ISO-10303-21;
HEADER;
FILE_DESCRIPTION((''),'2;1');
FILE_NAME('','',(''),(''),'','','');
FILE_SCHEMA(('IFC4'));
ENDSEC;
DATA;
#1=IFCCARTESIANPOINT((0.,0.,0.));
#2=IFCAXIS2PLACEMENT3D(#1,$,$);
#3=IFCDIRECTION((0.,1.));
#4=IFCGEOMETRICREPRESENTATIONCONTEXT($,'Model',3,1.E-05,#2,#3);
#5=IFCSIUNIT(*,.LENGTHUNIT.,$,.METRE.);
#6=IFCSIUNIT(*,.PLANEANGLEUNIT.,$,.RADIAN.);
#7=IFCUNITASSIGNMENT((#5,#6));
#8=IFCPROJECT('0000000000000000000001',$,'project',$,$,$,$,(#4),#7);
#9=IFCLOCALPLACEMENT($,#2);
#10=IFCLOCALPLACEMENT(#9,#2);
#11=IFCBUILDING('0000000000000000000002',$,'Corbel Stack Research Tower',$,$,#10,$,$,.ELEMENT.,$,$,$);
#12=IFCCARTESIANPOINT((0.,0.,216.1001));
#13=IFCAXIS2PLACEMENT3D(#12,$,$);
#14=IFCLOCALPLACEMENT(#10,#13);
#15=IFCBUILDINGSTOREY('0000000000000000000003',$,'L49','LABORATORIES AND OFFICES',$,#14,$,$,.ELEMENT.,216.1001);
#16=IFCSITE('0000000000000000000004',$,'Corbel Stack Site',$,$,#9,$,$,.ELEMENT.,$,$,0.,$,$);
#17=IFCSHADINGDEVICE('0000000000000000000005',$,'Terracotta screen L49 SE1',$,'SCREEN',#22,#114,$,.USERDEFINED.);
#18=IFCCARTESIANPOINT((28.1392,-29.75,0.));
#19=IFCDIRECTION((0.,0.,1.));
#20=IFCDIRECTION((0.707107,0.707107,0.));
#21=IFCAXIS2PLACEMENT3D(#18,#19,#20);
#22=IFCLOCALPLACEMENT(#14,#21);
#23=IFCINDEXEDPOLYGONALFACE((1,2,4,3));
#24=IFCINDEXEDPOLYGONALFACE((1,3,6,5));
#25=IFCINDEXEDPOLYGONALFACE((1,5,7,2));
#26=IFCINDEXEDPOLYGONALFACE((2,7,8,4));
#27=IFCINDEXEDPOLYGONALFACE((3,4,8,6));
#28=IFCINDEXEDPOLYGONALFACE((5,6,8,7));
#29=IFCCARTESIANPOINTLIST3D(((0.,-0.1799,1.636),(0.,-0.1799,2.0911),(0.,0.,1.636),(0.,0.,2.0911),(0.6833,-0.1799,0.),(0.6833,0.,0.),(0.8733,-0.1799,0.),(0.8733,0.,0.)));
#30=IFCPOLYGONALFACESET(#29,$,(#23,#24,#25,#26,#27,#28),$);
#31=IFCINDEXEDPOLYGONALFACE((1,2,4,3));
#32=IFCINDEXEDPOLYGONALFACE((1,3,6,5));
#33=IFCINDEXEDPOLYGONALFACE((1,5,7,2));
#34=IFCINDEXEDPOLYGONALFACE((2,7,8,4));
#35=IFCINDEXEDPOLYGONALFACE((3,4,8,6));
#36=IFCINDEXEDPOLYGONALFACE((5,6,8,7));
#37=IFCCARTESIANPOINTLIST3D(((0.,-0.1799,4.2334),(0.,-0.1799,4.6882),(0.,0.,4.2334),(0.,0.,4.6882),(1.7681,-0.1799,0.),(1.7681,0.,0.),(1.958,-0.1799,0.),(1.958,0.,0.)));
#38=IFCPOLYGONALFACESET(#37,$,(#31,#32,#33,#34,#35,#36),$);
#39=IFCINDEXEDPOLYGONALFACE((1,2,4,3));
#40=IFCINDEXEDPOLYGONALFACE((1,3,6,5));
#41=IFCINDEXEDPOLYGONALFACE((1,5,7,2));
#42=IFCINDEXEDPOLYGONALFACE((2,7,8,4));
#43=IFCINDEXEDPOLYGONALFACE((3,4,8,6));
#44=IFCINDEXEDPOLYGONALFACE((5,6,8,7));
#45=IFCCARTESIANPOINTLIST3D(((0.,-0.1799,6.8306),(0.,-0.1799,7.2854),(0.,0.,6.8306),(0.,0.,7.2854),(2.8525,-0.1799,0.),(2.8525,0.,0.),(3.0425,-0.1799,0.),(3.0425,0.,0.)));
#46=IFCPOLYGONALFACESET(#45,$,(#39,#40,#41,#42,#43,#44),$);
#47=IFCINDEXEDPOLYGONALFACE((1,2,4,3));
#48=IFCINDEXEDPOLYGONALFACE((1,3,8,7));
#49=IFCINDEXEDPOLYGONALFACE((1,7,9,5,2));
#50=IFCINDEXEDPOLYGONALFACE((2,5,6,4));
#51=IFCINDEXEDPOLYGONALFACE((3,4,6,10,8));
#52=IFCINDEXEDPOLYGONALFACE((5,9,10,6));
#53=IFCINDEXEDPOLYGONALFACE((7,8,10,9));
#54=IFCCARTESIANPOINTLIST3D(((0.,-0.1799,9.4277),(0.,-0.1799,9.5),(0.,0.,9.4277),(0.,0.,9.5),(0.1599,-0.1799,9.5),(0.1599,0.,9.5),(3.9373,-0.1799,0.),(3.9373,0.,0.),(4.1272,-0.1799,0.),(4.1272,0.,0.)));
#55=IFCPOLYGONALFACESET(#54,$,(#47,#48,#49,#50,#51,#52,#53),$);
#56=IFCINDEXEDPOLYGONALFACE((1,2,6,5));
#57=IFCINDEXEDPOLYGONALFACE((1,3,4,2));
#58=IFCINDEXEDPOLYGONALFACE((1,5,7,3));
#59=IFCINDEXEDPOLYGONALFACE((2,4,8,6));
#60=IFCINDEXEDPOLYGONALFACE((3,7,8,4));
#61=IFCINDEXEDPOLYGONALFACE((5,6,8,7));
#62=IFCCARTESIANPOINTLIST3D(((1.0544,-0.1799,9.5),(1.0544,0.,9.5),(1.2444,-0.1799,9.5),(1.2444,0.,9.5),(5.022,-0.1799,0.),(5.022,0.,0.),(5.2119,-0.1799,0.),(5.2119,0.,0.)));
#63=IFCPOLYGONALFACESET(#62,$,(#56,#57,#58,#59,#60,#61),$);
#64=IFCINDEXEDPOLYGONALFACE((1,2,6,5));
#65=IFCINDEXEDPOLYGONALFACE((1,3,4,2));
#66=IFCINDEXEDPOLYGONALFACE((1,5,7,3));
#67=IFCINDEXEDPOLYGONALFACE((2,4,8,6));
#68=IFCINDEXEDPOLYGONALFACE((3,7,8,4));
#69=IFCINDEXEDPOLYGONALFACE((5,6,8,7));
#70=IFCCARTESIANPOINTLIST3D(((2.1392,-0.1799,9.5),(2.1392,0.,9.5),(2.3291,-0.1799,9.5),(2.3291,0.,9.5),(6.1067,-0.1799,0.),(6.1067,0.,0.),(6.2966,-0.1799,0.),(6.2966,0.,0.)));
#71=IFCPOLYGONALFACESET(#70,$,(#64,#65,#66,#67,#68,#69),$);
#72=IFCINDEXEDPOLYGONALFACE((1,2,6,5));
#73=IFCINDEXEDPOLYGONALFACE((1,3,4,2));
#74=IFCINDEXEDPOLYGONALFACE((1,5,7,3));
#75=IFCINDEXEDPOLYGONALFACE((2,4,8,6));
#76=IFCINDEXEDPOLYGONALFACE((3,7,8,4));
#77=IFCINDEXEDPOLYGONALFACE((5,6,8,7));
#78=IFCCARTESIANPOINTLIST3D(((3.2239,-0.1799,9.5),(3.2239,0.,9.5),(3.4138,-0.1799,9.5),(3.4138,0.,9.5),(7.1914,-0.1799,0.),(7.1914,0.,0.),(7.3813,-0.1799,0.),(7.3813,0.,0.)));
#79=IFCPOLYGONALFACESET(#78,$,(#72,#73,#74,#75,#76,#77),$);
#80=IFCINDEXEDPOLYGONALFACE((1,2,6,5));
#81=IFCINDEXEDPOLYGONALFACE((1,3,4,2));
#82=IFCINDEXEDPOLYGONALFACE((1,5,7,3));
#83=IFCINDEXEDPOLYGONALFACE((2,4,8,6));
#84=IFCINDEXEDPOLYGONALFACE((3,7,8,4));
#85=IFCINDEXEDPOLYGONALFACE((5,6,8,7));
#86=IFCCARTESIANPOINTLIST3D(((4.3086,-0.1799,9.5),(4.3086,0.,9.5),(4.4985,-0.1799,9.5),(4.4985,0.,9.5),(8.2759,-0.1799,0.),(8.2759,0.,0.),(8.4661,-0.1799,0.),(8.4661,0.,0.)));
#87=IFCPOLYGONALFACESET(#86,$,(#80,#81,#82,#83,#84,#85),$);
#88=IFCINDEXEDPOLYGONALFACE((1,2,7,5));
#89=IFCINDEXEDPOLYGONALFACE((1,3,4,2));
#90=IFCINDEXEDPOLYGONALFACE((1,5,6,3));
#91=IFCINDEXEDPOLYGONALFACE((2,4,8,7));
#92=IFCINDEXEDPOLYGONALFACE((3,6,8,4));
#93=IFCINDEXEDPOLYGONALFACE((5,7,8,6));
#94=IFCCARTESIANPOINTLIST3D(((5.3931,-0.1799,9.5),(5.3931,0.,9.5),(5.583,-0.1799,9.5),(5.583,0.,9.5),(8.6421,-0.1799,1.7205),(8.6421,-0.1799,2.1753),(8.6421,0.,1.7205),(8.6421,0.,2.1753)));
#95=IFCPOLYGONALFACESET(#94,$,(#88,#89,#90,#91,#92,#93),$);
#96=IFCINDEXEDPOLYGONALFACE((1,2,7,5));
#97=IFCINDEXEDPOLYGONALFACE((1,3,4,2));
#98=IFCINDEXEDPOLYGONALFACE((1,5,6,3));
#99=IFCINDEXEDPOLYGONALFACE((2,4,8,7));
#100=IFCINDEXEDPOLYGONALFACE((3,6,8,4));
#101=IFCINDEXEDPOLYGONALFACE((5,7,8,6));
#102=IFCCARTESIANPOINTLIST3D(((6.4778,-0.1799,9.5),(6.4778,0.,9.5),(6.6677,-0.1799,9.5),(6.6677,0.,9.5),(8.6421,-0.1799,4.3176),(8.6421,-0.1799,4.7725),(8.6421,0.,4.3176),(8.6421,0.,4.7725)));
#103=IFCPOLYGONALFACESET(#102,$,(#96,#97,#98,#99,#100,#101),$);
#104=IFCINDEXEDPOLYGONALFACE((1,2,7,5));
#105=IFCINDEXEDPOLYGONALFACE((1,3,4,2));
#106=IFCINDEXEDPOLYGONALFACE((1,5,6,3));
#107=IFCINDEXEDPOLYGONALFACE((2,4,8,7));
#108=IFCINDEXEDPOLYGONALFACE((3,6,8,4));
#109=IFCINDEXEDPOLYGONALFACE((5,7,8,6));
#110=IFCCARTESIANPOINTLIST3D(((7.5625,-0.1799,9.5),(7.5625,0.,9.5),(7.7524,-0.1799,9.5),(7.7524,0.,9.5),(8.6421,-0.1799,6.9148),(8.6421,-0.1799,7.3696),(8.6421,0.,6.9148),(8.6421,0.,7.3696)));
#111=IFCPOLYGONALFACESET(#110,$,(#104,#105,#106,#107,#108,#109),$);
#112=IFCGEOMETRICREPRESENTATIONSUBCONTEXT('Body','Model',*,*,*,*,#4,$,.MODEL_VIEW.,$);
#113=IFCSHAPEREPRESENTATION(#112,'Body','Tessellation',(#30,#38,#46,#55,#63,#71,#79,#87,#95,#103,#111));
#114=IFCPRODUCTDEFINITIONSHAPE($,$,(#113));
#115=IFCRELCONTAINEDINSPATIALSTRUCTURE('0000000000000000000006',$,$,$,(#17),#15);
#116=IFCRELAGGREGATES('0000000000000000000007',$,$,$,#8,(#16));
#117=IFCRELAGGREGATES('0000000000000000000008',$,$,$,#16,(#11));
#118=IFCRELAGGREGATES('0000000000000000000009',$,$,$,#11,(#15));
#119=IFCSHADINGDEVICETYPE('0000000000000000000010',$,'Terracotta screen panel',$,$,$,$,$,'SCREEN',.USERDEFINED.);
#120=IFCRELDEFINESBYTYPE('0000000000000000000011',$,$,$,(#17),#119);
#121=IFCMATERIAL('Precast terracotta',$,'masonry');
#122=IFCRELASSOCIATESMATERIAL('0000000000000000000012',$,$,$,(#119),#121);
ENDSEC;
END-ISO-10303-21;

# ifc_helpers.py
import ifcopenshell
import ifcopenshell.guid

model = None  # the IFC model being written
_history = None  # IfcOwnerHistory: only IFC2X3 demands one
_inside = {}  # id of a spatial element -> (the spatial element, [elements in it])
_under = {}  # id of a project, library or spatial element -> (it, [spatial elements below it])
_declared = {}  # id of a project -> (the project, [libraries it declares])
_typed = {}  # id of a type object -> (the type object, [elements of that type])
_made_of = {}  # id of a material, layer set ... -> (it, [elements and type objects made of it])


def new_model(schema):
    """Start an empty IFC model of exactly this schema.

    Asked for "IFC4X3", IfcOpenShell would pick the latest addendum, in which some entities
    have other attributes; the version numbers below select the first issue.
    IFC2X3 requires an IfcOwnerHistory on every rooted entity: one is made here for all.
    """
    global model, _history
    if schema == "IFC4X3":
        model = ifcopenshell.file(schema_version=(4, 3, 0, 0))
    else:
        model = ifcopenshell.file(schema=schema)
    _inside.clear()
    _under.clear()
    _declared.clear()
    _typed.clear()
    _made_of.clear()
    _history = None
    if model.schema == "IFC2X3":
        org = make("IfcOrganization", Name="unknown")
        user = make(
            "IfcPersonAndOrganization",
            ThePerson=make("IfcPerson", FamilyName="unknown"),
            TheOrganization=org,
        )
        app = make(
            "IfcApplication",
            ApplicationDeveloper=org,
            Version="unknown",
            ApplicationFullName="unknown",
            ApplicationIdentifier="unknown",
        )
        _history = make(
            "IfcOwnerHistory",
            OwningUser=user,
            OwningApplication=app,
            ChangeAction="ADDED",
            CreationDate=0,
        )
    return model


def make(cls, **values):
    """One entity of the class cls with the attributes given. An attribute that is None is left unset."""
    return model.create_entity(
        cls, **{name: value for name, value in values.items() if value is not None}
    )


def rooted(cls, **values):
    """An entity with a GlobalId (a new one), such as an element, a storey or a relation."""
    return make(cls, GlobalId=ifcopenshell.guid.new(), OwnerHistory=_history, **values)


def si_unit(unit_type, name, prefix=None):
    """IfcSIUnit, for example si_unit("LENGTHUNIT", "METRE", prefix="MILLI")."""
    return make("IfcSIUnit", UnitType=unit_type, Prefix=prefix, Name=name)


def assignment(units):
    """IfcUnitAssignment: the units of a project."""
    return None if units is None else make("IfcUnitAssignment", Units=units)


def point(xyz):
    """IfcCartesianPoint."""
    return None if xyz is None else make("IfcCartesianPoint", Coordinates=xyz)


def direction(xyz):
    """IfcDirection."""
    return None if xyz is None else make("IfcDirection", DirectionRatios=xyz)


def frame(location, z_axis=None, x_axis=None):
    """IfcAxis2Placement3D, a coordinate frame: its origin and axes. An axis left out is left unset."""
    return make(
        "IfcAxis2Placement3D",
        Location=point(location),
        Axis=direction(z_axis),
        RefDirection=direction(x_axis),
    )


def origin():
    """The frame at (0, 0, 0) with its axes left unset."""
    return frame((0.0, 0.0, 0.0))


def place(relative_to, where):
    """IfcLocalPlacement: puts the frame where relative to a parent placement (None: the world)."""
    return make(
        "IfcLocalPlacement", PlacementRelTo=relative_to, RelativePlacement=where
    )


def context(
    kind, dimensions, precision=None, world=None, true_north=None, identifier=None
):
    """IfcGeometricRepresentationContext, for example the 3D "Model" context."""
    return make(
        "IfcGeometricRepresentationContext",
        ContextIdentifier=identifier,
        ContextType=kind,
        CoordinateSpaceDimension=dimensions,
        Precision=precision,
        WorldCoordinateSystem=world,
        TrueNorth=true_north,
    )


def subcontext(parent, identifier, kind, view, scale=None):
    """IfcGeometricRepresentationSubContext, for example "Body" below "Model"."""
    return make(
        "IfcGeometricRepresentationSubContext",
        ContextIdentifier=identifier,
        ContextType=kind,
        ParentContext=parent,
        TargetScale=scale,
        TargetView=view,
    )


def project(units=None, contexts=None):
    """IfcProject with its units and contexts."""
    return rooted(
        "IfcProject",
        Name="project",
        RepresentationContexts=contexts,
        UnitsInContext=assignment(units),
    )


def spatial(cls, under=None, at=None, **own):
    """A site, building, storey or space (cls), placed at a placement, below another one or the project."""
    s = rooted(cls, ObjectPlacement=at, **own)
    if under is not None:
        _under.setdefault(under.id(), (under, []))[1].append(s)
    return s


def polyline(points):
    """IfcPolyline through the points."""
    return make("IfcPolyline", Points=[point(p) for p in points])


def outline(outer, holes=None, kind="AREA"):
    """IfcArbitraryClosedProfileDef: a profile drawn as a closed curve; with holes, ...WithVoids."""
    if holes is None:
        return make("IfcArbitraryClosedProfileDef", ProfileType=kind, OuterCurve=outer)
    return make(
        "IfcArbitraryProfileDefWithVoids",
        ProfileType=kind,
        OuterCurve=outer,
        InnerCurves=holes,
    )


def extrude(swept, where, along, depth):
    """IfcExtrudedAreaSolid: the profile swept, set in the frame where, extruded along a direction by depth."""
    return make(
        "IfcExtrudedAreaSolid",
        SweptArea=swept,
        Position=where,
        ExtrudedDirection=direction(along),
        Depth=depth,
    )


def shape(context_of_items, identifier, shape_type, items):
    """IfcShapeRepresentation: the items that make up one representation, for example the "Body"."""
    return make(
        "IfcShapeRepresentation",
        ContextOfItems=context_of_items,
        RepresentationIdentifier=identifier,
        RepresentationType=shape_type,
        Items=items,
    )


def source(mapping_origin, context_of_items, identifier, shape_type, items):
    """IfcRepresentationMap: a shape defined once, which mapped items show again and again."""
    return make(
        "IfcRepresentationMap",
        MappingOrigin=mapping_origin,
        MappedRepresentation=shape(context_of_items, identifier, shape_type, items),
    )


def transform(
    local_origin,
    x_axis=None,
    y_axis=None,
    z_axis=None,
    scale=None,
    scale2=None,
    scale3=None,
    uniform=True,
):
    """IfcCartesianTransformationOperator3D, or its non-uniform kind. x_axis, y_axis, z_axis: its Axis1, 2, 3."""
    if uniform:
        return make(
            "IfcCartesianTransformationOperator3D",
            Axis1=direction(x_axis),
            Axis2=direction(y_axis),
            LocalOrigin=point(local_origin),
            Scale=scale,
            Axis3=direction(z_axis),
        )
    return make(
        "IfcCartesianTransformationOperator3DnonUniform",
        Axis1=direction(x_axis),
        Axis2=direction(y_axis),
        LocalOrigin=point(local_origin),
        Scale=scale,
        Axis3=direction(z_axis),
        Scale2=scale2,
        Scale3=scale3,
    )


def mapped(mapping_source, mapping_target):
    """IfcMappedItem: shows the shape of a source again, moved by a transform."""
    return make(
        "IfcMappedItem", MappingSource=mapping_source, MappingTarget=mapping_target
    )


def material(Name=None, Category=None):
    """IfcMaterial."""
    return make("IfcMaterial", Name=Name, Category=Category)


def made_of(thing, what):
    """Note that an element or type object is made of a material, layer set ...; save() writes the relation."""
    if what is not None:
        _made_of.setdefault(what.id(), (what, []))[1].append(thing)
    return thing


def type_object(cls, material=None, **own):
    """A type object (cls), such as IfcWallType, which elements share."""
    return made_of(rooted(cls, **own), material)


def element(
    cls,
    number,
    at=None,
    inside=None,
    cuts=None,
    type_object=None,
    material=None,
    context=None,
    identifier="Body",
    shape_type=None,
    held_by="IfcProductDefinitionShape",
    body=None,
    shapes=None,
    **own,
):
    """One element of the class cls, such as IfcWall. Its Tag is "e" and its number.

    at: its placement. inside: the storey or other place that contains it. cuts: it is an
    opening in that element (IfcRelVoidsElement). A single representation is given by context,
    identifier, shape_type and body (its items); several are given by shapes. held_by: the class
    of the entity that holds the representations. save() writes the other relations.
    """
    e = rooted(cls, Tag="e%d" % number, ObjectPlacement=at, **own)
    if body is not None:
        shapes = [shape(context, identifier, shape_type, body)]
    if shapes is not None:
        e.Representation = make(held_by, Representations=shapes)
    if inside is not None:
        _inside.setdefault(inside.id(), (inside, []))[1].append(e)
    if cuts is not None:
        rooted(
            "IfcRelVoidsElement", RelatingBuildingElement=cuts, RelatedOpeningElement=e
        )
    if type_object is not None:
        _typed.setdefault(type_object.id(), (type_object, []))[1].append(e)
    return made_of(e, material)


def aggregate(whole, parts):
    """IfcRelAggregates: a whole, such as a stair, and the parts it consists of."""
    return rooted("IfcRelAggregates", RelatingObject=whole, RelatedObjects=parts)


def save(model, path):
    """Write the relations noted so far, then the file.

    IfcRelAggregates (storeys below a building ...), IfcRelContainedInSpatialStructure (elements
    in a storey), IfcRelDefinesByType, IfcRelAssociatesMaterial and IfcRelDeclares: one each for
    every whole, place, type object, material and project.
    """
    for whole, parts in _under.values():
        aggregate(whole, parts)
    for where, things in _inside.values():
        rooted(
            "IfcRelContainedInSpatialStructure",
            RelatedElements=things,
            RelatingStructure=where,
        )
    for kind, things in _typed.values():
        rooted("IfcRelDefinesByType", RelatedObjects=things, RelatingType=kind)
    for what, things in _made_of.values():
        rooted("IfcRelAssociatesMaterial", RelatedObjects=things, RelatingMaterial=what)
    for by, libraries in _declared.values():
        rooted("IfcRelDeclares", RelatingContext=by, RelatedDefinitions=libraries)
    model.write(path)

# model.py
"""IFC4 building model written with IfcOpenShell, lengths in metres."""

from ifc_helpers import new_model, si_unit, direction, frame, origin, place, context, subcontext, project, spatial, polyline, outline, extrude, source, transform, mapped, material, type_object, element, save


model = new_model("IFC4")

# Units and contexts
model_context = context("Model", 3, precision=1e-05, world=origin(), true_north=direction((0.0, 1.0)))
body_context = subcontext(model_context, "Body", "Model", "MODEL_VIEW")
ifc_project = project(units=[si_unit("LENGTHUNIT", "METRE"), si_unit("PLANEANGLEUNIT", "RADIAN")], contexts=[model_context])

# Site, building, storey
site_placement = place(None, origin())
site = spatial("IfcSite", under=ifc_project, at=site_placement, Name="Corbel Stack Site", CompositionType="ELEMENT", RefElevation=0.0)
building_placement = place(site_placement, origin())
building = spatial("IfcBuilding", under=site, at=building_placement, Name="Corbel Stack Research Tower", CompositionType="ELEMENT")
storey_placement = place(building_placement, frame((0.0, 0.0, 216.1001)))
storey = spatial("IfcBuildingStorey", under=building, at=storey_placement, Name="L49", Description="LABORATORIES AND OFFICES", CompositionType="ELEMENT", Elevation=216.1001)

# Shading device
ifc_material_1 = material(Name="Precast terracotta", Category="masonry")
shading_device_type = type_object("IfcShadingDeviceType", Name="Terracotta screen panel", ElementType="SCREEN", PredefinedType="USERDEFINED", material=ifc_material_1)
shared_shape_1 = source(origin(), body_context, "Body", "SweptSolid", [
    extrude(outline(polyline([(0.8733, 0.0), (0.0, 2.0911), (0.0, 1.636), (0.6833, 0.0), (0.8733, 0.0)])), frame((0.0, 0.0, 0.0), z_axis=(0.0, -1.0, 0.0), x_axis=(1.0, 0.0, 0.0)), (0.0, 0.0, 1.0), 0.1799),
    extrude(outline(polyline([(1.958, 0.0), (0.0, 4.6882), (0.0, 4.2334), (1.7681, 0.0), (1.958, 0.0)])), frame((0.0, 0.0, 0.0), z_axis=(0.0, -1.0, 0.0), x_axis=(1.0, 0.0, 0.0)), (0.0, 0.0, 1.0), 0.1799),
    extrude(outline(polyline([(3.0425, 0.0), (0.0, 7.2854), (0.0, 6.8306), (2.8525, 0.0), (3.0425, 0.0)])), frame((0.0, 0.0, 0.0), z_axis=(0.0, -1.0, 0.0), x_axis=(1.0, 0.0, 0.0)), (0.0, 0.0, 1.0), 0.1799),
    extrude(outline(polyline([(4.1272, 0.0), (0.1599, 9.5), (0.0, 9.5), (0.0, 9.4277), (3.9373, 0.0), (4.1272, 0.0)])), frame((0.0, 0.0, 0.0), z_axis=(0.0, -1.0, 0.0), x_axis=(1.0, 0.0, 0.0)), (0.0, 0.0, 1.0), 0.1799),
    extrude(outline(polyline([(5.2119, 0.0), (1.2444, 9.5), (1.0544, 9.5), (5.022, 0.0), (5.2119, 0.0)])), frame((0.0, 0.0, 0.0), z_axis=(0.0, -1.0, 0.0), x_axis=(1.0, 0.0, 0.0)), (0.0, 0.0, 1.0), 0.1799),
    extrude(outline(polyline([(6.2966, 0.0), (2.3291, 9.5), (2.1392, 9.5), (6.1067, 0.0), (6.2966, 0.0)])), frame((0.0, 0.0, 0.0), z_axis=(0.0, -1.0, 0.0), x_axis=(1.0, 0.0, 0.0)), (0.0, 0.0, 1.0), 0.1799),
    extrude(outline(polyline([(7.3813, 0.0), (3.4138, 9.5), (3.2239, 9.5), (7.1914, 0.0), (7.3813, 0.0)])), frame((0.0, 0.0, 0.0), z_axis=(0.0, -1.0, 0.0), x_axis=(1.0, 0.0, 0.0)), (0.0, 0.0, 1.0), 0.1799),
    extrude(outline(polyline([(8.4661, 0.0), (4.4985, 9.5), (4.3086, 9.5), (8.2759, 0.0), (8.4661, 0.0)])), frame((0.0, 0.0, 0.0), z_axis=(0.0, -1.0, 0.0), x_axis=(1.0, 0.0, 0.0)), (0.0, 0.0, 1.0), 0.1799),
    extrude(outline(polyline([(5.583, 9.5), (5.3931, 9.5), (8.6421, 1.7205), (8.6421, 2.1753), (5.583, 9.5)])), frame((0.0, 0.0, 0.0), z_axis=(0.0, -1.0, 0.0), x_axis=(1.0, 0.0, 0.0)), (0.0, 0.0, 1.0), 0.1799),
    extrude(outline(polyline([(6.6677, 9.5), (6.4778, 9.5), (8.6421, 4.3176), (8.6421, 4.7725), (6.6677, 9.5)])), frame((0.0, 0.0, 0.0), z_axis=(0.0, -1.0, 0.0), x_axis=(1.0, 0.0, 0.0)), (0.0, 0.0, 1.0), 0.1799),
    extrude(outline(polyline([(7.7524, 9.5), (7.5625, 9.5), (8.6421, 6.9148), (8.6421, 7.3696), (7.7524, 9.5)])), frame((0.0, 0.0, 0.0), z_axis=(0.0, -1.0, 0.0), x_axis=(1.0, 0.0, 0.0)), (0.0, 0.0, 1.0), 0.1799),
])
shading_device_1_placement = place(storey_placement, frame((28.1392, -29.75, 0.0), z_axis=(0.0, 0.0, 1.0), x_axis=(0.707107, 0.707107, 0.0)))
element("IfcShadingDevice", 1, at=shading_device_1_placement, inside=storey, type_object=shading_device_type, Name="Terracotta screen L49 SE1", ObjectType="SCREEN", PredefinedType="USERDEFINED", context=body_context, shape_type="MappedRepresentation", body=[
    mapped(shared_shape_1, transform((0.0, 0.0, 0.0))),
])

save(model, "model.ifc")
